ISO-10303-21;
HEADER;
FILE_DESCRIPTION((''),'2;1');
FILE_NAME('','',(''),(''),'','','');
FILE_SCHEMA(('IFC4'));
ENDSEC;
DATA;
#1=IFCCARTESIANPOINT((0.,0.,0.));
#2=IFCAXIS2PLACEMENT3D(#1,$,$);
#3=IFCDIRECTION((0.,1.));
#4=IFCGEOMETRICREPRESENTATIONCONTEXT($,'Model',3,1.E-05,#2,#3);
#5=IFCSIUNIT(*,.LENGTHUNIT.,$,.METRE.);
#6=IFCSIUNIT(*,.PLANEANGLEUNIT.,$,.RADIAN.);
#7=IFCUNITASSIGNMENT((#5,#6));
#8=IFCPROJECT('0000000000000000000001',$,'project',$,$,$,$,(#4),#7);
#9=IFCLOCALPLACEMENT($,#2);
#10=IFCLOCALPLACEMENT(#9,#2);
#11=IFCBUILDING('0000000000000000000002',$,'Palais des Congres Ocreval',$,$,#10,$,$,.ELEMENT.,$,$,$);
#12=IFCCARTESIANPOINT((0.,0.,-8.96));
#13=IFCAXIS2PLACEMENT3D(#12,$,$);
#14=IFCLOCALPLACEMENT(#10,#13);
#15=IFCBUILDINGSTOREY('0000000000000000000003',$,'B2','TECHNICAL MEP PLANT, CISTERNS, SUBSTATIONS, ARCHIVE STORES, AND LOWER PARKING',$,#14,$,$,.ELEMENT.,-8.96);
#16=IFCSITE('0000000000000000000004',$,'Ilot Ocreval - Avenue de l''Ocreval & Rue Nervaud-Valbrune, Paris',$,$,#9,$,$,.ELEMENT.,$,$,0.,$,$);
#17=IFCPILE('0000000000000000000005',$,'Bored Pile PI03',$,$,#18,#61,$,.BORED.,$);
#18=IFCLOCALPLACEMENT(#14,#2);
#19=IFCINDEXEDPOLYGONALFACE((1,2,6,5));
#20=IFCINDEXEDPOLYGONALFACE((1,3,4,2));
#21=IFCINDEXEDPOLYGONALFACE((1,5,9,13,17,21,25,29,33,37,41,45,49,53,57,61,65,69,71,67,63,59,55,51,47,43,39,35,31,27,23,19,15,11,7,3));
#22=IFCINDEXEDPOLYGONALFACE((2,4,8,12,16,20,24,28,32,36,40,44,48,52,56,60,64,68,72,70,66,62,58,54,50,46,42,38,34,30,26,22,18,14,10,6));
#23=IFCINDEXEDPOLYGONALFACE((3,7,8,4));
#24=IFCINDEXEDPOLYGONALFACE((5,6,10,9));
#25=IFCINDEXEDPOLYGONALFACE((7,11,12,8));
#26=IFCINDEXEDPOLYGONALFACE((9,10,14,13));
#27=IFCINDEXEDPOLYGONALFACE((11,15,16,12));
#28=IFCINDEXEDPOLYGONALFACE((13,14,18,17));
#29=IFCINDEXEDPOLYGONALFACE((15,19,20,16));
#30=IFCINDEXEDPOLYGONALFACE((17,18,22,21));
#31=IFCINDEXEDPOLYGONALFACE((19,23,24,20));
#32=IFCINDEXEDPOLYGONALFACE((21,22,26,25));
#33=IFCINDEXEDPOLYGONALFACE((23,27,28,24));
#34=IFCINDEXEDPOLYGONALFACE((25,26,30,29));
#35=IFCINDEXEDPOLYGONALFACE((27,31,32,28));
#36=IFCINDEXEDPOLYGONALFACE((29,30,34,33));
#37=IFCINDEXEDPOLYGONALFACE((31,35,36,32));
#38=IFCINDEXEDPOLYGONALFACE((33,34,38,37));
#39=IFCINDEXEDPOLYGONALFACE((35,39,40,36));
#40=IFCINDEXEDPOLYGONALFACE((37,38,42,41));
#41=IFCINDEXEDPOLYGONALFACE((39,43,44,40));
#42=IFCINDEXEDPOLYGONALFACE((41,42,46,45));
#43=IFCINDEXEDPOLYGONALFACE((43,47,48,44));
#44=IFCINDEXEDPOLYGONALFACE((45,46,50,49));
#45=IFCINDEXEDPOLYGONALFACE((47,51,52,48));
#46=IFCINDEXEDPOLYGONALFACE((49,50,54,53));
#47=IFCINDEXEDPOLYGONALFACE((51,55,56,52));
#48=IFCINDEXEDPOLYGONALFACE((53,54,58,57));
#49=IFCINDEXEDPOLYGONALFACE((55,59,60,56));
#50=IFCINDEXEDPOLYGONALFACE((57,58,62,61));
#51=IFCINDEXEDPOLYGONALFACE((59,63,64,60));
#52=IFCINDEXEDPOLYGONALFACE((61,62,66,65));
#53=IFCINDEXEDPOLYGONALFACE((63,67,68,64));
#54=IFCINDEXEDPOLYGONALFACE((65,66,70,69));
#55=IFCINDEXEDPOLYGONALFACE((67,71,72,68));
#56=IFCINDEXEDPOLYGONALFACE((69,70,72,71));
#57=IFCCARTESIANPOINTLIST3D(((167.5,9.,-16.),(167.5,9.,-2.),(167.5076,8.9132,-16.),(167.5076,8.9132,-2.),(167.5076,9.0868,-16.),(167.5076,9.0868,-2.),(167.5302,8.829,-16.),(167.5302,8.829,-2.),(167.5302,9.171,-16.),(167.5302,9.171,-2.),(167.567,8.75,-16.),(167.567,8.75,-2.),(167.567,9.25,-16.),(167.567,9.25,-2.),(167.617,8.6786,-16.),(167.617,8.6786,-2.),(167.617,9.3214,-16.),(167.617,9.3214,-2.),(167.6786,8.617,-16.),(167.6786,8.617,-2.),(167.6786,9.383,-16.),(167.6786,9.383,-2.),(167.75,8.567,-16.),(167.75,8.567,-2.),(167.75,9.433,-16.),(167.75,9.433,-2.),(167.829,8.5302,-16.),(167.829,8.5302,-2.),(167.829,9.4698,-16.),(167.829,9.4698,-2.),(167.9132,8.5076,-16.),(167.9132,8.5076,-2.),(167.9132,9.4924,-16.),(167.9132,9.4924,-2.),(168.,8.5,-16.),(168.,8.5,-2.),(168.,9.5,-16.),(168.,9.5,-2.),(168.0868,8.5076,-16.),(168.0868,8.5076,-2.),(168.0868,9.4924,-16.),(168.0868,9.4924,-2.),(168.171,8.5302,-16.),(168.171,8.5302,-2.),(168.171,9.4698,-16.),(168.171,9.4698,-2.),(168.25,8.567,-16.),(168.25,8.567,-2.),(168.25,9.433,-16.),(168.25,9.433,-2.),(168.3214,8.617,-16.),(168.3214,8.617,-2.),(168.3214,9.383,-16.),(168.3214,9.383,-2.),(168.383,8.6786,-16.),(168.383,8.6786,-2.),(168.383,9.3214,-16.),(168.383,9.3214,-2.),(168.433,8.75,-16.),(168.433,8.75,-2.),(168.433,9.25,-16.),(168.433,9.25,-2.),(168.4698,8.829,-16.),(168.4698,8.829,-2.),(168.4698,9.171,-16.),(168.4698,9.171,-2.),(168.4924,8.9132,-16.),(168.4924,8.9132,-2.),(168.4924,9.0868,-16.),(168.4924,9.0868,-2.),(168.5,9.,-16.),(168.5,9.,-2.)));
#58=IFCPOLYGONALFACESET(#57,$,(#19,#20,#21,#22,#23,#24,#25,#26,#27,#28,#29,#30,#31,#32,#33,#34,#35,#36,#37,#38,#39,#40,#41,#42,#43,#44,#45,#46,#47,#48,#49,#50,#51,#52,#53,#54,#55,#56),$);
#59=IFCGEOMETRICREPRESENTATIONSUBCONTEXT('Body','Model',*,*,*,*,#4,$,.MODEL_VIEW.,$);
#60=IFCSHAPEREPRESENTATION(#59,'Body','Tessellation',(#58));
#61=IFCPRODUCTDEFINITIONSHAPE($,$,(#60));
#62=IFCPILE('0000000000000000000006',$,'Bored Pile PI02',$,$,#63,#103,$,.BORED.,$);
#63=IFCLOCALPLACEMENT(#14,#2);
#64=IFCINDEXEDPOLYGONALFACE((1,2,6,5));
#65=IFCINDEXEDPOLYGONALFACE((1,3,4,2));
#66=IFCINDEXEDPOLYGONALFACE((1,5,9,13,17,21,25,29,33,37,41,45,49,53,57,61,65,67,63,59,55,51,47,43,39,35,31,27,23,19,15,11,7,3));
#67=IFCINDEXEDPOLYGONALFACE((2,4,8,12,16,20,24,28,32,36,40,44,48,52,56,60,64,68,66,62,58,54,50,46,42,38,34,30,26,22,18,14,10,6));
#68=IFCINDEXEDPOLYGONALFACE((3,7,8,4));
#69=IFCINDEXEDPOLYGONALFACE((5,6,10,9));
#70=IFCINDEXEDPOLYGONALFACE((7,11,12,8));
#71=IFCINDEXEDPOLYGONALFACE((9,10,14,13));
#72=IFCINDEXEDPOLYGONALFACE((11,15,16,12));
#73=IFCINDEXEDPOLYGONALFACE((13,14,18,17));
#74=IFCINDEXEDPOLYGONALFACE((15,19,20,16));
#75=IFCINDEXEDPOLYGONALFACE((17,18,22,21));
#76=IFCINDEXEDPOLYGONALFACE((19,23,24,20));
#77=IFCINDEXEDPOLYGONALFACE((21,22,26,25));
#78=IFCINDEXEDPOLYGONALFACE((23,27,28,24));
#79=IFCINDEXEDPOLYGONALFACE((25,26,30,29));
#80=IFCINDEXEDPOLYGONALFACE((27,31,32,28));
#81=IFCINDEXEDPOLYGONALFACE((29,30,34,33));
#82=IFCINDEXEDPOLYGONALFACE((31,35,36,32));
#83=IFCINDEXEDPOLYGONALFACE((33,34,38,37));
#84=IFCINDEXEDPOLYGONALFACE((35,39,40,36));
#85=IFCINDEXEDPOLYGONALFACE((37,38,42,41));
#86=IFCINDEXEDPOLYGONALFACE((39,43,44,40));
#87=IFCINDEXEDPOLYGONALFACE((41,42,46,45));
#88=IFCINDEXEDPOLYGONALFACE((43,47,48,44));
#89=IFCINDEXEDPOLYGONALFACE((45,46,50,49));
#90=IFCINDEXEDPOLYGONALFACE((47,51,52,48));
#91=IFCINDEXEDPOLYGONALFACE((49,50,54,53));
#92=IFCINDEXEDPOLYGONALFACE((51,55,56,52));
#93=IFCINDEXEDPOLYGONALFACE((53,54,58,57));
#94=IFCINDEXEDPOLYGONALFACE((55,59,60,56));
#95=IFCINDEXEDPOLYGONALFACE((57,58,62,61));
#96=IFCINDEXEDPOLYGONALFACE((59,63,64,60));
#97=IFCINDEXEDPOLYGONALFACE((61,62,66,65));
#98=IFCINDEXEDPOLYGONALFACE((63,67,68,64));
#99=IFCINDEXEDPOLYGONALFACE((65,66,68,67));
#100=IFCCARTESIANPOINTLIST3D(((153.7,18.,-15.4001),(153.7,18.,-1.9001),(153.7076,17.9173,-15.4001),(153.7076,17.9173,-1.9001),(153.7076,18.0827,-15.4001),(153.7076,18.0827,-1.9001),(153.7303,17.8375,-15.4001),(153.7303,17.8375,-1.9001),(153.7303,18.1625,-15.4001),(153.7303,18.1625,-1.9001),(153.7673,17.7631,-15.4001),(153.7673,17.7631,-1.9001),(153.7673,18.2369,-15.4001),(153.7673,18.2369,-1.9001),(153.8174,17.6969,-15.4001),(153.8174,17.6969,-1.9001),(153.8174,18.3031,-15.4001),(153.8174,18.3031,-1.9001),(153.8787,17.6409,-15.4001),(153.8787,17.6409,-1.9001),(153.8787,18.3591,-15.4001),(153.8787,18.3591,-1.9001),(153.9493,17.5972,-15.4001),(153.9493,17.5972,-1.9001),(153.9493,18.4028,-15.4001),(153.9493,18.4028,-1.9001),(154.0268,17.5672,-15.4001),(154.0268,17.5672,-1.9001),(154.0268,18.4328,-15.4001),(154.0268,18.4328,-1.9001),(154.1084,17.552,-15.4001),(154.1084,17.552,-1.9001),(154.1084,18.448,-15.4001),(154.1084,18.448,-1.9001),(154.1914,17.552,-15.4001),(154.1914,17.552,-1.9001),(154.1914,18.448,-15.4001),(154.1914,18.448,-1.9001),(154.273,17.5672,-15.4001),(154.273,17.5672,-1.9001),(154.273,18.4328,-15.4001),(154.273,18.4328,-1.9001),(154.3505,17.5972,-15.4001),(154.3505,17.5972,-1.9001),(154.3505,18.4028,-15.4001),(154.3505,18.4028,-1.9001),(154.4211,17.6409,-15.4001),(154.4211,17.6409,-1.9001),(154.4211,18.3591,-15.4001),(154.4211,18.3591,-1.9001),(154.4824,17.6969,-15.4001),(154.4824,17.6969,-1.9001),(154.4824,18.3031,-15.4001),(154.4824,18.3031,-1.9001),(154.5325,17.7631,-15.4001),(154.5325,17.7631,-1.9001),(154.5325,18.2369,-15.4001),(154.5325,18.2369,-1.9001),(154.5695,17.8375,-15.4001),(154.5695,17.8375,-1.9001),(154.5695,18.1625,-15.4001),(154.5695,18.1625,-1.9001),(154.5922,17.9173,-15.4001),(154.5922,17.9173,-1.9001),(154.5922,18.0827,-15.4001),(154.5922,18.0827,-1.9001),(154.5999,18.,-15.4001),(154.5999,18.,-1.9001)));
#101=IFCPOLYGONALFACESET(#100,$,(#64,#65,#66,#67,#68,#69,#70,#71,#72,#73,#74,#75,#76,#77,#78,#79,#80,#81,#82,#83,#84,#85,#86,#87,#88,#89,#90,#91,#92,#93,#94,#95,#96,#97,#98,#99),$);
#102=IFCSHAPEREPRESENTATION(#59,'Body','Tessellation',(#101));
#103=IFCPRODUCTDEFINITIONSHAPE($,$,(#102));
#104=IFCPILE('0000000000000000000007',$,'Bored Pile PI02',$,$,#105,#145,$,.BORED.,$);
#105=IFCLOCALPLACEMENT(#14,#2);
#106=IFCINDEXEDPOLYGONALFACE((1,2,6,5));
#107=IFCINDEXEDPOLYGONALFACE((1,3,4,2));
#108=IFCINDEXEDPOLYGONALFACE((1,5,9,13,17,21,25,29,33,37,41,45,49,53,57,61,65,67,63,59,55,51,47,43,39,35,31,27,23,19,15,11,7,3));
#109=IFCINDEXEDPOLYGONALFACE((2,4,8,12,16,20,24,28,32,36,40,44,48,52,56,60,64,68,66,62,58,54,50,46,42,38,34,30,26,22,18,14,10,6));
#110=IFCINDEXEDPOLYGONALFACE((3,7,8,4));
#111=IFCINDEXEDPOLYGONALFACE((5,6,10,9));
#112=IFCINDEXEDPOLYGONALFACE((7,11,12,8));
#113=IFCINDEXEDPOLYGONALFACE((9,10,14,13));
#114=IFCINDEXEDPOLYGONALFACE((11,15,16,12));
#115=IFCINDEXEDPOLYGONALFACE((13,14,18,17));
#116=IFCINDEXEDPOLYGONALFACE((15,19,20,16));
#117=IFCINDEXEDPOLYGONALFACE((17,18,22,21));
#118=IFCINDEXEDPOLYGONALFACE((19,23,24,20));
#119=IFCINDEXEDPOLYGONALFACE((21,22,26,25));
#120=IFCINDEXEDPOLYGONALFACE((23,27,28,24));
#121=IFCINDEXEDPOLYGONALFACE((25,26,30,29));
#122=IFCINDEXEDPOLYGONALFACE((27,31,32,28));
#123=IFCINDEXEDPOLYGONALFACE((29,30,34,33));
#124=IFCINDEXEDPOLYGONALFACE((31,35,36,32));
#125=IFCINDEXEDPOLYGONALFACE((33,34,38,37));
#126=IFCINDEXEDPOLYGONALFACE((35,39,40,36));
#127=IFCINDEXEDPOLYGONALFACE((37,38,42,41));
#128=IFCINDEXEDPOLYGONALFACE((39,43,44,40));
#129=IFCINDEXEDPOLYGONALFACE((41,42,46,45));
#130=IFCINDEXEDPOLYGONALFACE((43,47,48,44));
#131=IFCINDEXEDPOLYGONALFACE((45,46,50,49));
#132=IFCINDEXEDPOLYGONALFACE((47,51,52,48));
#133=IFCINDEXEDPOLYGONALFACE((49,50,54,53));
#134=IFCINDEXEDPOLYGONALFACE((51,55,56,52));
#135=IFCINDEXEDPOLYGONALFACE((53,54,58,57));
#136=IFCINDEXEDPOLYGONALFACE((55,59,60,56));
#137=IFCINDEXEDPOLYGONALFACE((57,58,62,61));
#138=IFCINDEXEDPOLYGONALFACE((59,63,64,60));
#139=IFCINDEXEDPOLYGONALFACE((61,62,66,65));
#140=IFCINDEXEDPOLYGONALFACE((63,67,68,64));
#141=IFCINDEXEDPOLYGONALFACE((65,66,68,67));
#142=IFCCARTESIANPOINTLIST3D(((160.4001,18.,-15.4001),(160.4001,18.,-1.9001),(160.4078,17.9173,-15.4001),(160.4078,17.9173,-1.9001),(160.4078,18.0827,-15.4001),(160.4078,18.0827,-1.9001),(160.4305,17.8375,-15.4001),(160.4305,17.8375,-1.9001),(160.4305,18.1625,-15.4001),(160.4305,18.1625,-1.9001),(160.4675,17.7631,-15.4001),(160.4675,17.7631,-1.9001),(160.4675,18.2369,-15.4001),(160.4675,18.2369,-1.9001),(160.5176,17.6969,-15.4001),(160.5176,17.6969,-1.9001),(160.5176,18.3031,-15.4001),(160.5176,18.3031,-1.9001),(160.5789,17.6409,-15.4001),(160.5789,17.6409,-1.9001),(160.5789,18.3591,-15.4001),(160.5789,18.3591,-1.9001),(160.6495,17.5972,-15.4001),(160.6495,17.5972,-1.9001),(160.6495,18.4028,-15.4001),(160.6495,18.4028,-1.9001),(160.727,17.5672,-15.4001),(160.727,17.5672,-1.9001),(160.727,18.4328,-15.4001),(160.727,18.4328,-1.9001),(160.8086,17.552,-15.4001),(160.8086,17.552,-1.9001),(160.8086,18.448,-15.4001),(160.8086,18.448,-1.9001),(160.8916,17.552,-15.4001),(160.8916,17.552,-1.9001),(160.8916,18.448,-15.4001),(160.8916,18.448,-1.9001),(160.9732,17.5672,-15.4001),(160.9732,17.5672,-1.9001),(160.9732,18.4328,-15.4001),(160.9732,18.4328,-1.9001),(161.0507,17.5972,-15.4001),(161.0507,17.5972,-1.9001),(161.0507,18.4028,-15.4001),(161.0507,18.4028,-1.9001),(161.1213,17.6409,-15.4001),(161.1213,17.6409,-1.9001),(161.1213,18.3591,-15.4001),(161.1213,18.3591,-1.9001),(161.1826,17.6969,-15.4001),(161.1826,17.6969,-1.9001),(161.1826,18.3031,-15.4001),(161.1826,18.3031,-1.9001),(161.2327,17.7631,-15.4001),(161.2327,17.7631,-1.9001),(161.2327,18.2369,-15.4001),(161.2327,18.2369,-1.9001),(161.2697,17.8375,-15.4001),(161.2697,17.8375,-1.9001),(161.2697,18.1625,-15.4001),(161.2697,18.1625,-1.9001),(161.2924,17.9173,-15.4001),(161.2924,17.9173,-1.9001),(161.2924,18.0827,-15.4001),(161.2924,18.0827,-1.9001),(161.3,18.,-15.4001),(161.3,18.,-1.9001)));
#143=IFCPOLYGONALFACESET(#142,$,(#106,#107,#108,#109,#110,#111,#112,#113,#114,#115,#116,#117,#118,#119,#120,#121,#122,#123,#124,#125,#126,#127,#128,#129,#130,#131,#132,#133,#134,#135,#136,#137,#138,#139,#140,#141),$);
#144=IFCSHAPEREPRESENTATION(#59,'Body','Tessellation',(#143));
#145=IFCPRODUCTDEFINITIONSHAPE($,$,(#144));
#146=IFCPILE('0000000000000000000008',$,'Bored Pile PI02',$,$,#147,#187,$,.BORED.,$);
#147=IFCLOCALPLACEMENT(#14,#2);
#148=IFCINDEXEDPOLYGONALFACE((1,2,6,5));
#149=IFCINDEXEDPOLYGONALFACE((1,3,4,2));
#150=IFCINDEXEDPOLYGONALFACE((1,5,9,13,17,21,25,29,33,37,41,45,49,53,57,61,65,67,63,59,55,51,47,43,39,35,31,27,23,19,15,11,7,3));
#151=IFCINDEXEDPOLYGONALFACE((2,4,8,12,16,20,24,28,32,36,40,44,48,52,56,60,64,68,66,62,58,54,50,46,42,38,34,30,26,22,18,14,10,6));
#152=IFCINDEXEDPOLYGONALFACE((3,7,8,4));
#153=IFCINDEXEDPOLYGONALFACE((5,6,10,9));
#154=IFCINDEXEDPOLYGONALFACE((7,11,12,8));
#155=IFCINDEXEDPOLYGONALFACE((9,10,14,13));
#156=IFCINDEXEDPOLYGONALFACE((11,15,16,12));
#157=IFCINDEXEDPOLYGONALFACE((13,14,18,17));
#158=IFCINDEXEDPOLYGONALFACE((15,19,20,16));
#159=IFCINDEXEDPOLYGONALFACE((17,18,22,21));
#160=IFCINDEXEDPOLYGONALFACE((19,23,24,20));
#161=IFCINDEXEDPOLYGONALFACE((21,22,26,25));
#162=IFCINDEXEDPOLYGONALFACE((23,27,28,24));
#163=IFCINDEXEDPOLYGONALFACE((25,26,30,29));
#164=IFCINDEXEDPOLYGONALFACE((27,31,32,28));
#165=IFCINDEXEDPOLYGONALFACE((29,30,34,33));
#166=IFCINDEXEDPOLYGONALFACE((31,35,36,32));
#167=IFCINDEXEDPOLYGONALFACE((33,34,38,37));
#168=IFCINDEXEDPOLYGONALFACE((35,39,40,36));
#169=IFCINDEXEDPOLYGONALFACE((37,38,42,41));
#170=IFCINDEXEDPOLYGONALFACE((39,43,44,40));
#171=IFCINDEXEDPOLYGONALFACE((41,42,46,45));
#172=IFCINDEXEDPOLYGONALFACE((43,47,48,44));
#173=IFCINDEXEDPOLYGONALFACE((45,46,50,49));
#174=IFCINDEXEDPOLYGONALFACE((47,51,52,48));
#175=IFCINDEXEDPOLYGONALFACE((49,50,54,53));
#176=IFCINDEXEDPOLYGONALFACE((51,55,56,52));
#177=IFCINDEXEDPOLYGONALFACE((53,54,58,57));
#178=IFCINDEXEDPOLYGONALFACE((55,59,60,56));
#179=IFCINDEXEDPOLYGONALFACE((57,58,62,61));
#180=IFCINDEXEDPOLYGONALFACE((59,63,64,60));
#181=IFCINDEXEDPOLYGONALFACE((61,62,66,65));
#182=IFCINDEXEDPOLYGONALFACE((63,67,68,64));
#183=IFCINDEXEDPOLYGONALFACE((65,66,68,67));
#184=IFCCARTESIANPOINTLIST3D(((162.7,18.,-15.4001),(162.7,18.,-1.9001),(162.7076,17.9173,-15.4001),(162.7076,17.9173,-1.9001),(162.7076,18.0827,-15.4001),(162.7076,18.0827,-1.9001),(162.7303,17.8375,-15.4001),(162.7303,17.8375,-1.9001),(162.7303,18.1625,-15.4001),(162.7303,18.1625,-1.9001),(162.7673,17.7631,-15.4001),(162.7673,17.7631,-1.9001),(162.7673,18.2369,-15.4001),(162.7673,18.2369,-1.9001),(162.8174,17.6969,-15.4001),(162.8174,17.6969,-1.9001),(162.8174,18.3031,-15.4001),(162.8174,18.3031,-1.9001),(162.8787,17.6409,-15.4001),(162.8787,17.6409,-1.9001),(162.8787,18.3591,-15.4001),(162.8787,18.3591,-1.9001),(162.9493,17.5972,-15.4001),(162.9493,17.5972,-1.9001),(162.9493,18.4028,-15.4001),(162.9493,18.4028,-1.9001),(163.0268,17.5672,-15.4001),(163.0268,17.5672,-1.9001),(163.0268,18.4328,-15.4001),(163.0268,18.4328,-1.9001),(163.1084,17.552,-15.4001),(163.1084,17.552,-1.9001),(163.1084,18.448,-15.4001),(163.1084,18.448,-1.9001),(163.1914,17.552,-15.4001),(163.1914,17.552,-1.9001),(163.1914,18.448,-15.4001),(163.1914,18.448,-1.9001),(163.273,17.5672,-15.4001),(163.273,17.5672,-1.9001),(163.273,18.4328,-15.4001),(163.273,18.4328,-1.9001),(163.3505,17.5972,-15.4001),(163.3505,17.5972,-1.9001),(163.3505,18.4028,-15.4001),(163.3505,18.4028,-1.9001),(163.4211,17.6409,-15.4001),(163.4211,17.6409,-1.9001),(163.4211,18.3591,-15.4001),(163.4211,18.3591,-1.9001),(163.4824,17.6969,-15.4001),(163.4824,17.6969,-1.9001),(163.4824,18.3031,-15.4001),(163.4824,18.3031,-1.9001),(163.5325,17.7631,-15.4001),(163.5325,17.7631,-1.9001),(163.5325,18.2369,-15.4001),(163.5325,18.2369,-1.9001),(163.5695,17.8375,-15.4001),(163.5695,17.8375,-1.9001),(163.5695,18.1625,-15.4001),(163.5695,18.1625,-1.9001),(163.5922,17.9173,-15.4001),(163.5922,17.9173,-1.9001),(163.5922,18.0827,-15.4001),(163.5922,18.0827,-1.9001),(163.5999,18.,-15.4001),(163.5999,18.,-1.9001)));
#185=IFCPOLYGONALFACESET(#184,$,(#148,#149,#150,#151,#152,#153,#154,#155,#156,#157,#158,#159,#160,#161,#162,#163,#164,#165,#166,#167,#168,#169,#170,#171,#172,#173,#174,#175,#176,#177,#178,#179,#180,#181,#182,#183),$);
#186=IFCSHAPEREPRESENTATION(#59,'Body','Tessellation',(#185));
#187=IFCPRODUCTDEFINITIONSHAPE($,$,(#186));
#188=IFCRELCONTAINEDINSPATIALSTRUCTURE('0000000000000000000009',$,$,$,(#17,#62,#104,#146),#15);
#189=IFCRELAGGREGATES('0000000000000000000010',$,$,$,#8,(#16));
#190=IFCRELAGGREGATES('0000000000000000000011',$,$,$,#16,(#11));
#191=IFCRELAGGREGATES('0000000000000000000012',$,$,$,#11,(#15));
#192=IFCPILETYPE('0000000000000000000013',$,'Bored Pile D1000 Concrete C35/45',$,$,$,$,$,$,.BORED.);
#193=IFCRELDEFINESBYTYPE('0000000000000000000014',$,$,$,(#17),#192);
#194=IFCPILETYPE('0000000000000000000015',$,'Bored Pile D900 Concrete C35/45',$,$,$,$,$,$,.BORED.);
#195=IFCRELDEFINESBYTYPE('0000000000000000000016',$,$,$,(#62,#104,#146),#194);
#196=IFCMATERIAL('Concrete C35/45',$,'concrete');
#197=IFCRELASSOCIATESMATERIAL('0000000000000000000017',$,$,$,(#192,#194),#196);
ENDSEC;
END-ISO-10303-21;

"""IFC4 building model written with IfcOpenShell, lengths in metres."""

from ifc_helpers import new_model, si_unit, direction, frame, origin, origin_2d, place, context, subcontext, project, spatial, circle, extrude, material, material_profile, profile_set, type_object, element, save


model = new_model("IFC4")

# Units and contexts
model_context = context("Model", 3, precision=1e-05, world=origin(), true_north=direction((0.0, 1.0)))
body_context = subcontext(model_context, "Body", "Model", "MODEL_VIEW")
ifc_project = project(units=[si_unit("LENGTHUNIT", "METRE"), si_unit("PLANEANGLEUNIT", "RADIAN")], contexts=[model_context])

# Site, building, storey
site_placement = place(None, origin())
site = spatial("IfcSite", under=ifc_project, at=site_placement, Name="Ilot Ocreval - Avenue de l'Ocreval & Rue Nervaud-Valbrune, Paris", CompositionType="ELEMENT", RefElevation=0.0)
building_placement = place(site_placement, origin())
building = spatial("IfcBuilding", under=site, at=building_placement, Name="Palais des Congres Ocreval", CompositionType="ELEMENT")
storey_placement = place(building_placement, frame((0.0, 0.0, -8.96)))
storey = spatial("IfcBuildingStorey", under=building, at=storey_placement, Name="B2", Description="TECHNICAL MEP PLANT, CISTERNS, SUBSTATIONS, ARCHIVE STORES, AND LOWER PARKING", CompositionType="ELEMENT", Elevation=-8.96)

# Piles
ifc_material_1 = material(Name="Concrete C35/45", Category="concrete")
ifc_material_profile_1 = material_profile(ifc_material_1, circle(Radius=0.5, at=origin_2d()), Name="BORED PILE 1000")
ifc_profile_set_1 = profile_set([ifc_material_profile_1], Name="Concrete C35/45")
pile_type_1 = type_object("IfcPileType", Name="Bored Pile D1000 Concrete C35/45", PredefinedType="BORED", material=ifc_profile_set_1)
pile_placement = place(storey_placement, frame((168.0, 9.0, -2.0), z_axis=(0.0, 0.0, -1.0), x_axis=(1.0, 0.0, 0.0)))
element("IfcPile", 1, at=pile_placement, inside=storey, type_object=pile_type_1, Name="Bored Pile PI03", PredefinedType="BORED", context=body_context, shape_type="SweptSolid", body=[
    extrude(circle(Radius=0.5, at=origin_2d()), origin(), (0.0, 0.0, 1.0), 14.0),
])
ifc_material_profile_2 = material_profile(ifc_material_1, circle(Radius=0.45, at=origin_2d()), Name="BORED PILE 900")
ifc_profile_set_2 = profile_set([ifc_material_profile_2], Name="Concrete C35/45")
pile_type_2 = type_object("IfcPileType", Name="Bored Pile D900 Concrete C35/45", PredefinedType="BORED", material=ifc_profile_set_2)
for number, where, z_axis, x_axis, name in (
    (2, (154.1499, 18.0, -1.9001), (0.0, 0.0, -1.0), (1.0, 0.0, 0.0), "Bored Pile PI02"),
    (3, (160.8501, 18.0, -1.9001), (0.0, 0.0, -1.0), (1.0, 0.0, 0.0), "Bored Pile PI02"),
    (4, (163.1499, 18.0, -1.9001), (0.0, 0.0, -1.0), (1.0, 0.0, 0.0), "Bored Pile PI02"),
):
    element("IfcPile", number, at=place(storey_placement, frame(where, z_axis=z_axis, x_axis=x_axis)), inside=storey, type_object=pile_type_2, Name=name, PredefinedType="BORED", context=body_context, shape_type="SweptSolid", body=[
        extrude(circle(Radius=0.45, at=origin_2d()), origin(), (0.0, 0.0, 1.0), 13.5),
    ])

save(model, "model.ifc")
